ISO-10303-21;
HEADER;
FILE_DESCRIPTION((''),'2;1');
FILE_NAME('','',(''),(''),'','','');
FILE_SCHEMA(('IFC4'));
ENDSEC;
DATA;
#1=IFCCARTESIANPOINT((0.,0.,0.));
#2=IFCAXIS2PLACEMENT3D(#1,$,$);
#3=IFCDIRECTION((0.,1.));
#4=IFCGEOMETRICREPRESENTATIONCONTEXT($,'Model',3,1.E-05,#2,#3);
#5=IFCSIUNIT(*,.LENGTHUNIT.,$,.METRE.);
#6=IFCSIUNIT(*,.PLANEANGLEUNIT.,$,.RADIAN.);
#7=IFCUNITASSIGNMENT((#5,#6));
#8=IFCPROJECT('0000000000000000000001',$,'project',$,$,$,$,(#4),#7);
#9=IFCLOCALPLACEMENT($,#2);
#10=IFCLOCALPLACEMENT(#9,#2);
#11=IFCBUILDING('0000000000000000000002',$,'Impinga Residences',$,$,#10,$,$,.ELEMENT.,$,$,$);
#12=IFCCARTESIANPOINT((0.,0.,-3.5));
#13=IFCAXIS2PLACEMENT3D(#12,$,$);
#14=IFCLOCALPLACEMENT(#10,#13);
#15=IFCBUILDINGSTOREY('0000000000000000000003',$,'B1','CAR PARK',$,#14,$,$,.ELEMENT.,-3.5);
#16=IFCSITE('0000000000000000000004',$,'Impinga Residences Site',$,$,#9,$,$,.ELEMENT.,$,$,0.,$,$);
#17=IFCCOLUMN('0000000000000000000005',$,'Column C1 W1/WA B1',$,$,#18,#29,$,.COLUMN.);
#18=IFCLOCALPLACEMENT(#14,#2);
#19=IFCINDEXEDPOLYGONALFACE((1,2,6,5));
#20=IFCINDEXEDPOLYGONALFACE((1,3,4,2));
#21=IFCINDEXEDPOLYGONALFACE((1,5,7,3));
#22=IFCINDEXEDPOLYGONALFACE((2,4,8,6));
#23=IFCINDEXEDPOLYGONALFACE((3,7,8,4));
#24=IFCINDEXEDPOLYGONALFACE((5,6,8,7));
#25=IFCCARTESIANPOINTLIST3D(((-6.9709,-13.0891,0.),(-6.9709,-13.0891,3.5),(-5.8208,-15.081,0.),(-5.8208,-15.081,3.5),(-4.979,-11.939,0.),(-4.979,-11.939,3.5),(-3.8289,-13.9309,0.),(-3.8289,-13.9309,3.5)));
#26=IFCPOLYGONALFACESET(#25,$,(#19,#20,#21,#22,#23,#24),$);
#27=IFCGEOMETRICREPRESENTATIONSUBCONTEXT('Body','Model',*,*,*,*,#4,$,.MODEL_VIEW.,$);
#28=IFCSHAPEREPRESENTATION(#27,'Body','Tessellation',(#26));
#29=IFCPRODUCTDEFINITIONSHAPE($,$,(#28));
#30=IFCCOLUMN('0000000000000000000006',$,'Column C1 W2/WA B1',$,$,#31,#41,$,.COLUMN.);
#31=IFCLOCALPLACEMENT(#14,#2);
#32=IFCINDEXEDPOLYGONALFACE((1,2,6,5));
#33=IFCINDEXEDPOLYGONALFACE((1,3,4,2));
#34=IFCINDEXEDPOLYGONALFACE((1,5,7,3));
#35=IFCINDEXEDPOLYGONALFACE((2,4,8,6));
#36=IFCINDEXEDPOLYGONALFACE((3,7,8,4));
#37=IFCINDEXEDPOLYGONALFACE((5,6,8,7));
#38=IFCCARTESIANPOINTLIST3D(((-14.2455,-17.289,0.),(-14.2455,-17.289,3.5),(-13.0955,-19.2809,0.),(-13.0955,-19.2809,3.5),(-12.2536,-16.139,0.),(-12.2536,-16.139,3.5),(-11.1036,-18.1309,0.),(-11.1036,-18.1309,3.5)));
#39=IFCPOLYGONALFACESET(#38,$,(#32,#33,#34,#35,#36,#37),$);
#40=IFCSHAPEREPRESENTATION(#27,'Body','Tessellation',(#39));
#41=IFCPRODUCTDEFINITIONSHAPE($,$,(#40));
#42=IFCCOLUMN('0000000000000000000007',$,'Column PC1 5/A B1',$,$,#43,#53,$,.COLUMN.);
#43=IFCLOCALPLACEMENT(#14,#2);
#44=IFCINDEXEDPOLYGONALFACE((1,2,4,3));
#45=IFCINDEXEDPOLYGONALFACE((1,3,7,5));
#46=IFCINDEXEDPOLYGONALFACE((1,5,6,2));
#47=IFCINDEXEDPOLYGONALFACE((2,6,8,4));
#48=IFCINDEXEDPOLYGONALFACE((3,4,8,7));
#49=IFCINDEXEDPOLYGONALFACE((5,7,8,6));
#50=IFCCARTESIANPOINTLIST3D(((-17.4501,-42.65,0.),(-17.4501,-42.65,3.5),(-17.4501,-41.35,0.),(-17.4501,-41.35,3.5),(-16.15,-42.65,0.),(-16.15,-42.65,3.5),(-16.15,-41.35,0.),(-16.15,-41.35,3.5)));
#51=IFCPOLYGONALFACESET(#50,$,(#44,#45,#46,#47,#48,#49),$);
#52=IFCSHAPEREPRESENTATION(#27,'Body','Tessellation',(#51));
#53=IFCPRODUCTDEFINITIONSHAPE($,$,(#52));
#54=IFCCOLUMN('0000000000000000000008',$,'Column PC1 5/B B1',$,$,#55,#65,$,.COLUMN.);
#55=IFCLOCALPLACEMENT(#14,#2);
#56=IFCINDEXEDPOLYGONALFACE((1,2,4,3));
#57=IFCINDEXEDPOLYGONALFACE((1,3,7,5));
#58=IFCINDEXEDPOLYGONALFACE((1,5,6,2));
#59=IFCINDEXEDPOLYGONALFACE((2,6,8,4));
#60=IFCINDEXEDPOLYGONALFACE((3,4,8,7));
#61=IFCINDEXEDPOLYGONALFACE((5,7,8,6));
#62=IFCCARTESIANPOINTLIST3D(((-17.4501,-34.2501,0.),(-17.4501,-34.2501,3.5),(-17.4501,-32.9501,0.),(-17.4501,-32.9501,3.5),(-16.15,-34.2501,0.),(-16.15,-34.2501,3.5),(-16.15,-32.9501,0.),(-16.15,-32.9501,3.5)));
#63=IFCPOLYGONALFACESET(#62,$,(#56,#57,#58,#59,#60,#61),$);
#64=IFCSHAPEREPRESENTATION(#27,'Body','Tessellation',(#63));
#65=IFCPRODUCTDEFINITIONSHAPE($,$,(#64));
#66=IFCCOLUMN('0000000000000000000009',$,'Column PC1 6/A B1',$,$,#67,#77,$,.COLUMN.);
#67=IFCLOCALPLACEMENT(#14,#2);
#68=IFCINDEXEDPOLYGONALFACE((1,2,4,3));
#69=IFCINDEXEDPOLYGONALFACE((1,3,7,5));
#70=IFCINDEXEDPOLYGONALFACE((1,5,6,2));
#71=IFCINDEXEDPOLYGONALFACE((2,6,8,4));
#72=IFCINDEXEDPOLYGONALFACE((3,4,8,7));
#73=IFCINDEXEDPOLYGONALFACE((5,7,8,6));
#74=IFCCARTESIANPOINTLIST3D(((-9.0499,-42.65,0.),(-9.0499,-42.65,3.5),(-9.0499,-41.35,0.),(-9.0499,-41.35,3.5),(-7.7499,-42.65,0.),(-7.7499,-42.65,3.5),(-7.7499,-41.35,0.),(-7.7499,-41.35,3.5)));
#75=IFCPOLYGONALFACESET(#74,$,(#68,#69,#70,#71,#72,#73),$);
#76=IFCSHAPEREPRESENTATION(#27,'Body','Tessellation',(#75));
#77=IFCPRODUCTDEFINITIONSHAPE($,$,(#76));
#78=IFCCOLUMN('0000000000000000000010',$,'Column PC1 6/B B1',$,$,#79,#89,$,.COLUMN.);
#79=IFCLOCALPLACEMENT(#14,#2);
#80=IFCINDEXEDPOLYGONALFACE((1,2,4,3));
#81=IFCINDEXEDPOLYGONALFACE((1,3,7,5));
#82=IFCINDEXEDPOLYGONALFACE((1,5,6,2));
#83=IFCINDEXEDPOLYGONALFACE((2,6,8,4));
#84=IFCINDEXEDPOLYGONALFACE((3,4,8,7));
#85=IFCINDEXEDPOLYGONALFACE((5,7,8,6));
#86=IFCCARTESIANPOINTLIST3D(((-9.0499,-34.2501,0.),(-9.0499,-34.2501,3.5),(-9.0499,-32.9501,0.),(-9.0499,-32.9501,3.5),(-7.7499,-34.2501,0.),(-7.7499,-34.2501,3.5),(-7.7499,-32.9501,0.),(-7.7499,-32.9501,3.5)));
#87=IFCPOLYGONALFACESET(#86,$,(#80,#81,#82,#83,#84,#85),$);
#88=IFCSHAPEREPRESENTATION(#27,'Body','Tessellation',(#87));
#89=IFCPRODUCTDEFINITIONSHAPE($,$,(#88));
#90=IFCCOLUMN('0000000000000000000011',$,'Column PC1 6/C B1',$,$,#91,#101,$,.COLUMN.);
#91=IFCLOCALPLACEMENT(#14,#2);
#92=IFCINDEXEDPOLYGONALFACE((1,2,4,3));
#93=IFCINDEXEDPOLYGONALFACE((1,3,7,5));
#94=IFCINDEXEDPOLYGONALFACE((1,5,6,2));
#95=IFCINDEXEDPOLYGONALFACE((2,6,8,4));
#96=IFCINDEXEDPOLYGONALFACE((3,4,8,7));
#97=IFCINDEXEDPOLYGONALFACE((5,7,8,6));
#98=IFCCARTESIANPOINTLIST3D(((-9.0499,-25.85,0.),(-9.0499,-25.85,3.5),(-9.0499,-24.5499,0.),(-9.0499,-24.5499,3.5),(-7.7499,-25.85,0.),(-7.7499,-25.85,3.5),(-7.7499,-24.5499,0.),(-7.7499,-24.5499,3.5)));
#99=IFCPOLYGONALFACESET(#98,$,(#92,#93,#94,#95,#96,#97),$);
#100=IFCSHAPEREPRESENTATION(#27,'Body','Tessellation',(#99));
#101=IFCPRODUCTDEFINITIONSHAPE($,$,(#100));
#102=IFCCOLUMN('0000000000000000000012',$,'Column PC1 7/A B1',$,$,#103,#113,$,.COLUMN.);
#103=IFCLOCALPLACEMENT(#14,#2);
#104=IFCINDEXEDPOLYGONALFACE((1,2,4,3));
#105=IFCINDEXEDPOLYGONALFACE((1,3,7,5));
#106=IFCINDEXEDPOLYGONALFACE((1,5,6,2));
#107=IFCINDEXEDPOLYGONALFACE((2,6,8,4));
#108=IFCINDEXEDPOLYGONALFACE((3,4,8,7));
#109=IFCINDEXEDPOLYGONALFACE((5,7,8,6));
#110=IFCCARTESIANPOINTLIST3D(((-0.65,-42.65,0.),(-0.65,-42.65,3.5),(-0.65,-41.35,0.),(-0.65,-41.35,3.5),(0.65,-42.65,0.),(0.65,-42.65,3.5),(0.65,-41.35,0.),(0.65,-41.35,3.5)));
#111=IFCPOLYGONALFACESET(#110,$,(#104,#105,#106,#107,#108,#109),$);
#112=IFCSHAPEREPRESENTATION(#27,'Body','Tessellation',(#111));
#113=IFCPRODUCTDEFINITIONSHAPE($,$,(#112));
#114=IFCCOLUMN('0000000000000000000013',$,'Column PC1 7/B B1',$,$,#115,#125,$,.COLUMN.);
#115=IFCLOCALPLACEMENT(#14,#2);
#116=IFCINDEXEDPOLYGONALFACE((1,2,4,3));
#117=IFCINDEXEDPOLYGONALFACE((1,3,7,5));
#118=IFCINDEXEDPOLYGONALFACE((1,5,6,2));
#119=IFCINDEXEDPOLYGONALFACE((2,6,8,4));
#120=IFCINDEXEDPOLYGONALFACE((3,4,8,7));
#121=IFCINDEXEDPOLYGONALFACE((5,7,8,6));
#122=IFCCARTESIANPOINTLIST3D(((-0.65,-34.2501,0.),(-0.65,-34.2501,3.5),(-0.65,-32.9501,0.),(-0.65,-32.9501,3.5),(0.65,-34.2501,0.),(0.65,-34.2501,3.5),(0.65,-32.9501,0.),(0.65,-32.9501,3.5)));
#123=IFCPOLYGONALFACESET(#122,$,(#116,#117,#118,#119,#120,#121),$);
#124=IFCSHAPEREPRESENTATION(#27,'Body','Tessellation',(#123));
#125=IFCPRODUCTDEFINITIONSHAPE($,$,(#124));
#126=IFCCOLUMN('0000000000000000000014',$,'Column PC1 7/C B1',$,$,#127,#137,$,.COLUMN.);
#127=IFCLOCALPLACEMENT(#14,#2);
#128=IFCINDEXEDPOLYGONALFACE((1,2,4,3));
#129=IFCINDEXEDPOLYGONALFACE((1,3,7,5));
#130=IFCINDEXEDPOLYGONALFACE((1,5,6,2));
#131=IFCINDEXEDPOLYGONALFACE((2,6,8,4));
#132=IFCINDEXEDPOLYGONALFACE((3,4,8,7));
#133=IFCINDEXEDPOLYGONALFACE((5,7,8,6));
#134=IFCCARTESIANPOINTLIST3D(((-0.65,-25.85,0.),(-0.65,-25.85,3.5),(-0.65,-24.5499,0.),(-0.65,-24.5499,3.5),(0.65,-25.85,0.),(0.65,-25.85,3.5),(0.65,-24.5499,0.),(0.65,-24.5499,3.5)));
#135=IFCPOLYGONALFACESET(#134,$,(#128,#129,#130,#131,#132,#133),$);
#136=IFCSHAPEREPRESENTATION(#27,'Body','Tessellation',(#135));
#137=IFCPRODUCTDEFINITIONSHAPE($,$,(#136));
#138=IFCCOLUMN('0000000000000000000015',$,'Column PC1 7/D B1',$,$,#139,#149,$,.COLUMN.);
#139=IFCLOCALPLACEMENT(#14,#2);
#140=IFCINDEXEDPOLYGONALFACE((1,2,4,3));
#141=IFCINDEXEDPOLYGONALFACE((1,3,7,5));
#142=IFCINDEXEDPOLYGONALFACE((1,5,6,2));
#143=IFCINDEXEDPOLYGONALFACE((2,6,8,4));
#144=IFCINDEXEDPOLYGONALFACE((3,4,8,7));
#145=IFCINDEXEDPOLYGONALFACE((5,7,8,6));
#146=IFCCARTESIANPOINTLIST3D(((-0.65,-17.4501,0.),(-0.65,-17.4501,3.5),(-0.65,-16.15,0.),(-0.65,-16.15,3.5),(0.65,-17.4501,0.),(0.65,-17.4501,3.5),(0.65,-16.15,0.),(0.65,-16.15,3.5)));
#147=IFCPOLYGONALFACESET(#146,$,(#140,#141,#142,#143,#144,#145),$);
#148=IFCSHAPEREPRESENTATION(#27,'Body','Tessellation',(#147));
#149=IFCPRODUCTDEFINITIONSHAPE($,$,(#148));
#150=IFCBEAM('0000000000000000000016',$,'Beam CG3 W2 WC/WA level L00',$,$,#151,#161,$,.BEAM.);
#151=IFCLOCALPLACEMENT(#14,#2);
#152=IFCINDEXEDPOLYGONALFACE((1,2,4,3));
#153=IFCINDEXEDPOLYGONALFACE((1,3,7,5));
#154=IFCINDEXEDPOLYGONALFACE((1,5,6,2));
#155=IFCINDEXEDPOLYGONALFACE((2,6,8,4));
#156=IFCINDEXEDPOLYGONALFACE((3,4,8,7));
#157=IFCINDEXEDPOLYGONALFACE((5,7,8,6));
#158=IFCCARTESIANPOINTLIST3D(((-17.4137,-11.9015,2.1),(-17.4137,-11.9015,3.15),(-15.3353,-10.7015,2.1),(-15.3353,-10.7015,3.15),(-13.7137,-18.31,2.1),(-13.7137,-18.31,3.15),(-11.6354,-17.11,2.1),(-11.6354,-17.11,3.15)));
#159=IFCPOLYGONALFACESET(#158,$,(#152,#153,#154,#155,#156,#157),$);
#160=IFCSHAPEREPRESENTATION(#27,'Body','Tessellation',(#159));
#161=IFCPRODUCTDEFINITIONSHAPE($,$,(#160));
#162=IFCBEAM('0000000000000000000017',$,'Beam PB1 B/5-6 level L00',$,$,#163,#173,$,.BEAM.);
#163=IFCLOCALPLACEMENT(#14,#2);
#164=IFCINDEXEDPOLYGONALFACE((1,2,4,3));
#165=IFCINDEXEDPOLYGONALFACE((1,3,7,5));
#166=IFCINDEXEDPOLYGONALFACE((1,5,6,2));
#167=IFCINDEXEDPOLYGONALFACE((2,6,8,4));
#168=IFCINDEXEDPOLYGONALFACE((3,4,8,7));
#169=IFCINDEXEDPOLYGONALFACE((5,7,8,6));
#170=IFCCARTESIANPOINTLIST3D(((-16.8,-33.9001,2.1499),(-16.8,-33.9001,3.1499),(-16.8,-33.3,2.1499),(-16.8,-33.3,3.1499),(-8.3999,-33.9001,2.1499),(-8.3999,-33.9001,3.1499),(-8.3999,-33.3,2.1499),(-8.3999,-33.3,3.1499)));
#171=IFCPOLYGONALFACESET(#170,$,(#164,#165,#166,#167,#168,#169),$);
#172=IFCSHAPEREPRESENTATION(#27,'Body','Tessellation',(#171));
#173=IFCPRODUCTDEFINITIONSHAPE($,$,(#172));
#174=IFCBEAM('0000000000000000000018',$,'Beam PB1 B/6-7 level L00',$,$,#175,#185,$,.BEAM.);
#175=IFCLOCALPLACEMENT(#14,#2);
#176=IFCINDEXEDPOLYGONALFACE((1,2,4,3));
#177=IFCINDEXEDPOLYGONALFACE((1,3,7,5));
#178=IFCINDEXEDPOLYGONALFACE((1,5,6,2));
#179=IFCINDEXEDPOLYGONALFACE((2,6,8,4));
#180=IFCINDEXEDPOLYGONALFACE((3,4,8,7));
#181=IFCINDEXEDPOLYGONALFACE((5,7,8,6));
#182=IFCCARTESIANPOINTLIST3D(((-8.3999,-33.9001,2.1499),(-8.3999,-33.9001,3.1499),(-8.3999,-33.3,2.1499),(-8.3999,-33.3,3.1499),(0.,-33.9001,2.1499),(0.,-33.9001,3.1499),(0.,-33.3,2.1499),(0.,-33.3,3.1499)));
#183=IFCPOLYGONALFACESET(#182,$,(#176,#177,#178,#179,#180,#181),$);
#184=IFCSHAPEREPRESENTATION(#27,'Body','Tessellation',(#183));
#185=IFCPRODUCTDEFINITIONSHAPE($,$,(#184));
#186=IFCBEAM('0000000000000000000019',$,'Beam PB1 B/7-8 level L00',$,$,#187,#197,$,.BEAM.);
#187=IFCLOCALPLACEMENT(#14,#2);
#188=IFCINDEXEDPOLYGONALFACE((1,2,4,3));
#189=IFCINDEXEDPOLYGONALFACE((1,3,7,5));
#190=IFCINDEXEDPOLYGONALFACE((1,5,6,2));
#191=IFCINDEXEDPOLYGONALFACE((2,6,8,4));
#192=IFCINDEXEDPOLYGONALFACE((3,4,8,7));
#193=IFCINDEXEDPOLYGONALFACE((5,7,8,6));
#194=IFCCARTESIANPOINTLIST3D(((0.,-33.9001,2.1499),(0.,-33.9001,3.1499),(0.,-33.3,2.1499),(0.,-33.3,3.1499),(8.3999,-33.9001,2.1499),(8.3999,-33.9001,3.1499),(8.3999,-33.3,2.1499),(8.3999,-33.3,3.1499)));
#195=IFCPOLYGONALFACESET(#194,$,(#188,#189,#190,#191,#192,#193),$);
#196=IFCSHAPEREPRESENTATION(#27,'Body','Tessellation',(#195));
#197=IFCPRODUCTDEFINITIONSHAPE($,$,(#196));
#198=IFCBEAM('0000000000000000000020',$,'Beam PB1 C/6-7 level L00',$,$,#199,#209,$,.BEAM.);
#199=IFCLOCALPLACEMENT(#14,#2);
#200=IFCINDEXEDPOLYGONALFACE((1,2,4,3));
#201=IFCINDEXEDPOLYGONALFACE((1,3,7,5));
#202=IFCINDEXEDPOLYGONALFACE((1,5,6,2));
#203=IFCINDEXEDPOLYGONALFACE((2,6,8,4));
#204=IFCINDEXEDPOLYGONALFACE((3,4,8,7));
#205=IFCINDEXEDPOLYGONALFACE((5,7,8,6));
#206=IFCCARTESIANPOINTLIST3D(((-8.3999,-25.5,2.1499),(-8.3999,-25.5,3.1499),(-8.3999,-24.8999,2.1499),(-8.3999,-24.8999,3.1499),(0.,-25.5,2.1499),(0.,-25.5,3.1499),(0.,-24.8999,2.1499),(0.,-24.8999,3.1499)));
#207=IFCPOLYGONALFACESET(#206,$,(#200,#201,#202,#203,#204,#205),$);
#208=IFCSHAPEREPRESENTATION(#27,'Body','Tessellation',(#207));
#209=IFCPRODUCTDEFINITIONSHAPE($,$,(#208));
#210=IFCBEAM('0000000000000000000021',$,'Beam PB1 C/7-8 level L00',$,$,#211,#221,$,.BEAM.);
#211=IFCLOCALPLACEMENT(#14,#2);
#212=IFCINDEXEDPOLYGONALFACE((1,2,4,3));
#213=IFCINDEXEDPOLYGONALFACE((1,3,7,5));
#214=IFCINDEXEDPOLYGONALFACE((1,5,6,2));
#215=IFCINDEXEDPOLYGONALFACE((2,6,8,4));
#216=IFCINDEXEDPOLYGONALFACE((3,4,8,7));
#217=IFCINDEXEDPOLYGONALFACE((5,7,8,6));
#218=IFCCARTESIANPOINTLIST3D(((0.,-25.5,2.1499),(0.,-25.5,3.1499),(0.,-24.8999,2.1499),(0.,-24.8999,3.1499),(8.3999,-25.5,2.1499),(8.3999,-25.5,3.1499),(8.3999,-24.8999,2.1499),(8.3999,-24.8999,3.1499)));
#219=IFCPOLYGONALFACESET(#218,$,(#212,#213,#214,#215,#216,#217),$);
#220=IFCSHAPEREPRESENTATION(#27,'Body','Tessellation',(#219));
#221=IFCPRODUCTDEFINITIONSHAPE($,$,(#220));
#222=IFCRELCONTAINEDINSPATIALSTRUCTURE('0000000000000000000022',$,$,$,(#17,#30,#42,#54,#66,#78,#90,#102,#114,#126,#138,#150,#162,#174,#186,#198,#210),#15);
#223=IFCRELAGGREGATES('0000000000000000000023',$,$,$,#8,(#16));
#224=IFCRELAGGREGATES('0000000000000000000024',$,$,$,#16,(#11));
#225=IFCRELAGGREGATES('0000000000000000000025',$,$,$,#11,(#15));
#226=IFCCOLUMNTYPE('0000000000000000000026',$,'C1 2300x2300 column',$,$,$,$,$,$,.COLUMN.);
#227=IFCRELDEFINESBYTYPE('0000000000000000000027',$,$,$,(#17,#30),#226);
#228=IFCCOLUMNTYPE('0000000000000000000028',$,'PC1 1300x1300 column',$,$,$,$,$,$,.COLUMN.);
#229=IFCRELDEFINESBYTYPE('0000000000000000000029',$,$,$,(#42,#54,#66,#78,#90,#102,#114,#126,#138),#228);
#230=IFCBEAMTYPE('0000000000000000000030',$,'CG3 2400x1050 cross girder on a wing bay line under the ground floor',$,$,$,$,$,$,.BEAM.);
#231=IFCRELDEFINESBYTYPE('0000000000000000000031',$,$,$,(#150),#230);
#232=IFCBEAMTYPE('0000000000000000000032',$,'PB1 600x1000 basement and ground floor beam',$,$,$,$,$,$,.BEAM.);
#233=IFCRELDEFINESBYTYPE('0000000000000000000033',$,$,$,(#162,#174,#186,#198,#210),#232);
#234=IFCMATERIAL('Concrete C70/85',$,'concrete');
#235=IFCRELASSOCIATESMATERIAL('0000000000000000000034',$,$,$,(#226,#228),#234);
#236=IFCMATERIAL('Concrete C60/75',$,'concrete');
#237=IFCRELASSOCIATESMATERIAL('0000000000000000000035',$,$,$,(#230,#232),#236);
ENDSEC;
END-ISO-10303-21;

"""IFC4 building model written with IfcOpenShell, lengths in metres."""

from ifc_helpers import new_model, si_unit, direction, frame, origin, origin_2d, place, context, subcontext, project, spatial, rectangle, extrude, material, material_profile, profile_set, type_object, element, save


model = new_model("IFC4")

# Units and contexts
model_context = context("Model", 3, precision=1e-05, world=origin(), true_north=direction((0.0, 1.0)))
body_context = subcontext(model_context, "Body", "Model", "MODEL_VIEW")
ifc_project = project(units=[si_unit("LENGTHUNIT", "METRE"), si_unit("PLANEANGLEUNIT", "RADIAN")], contexts=[model_context])

# Site, building, storey
site_placement = place(None, origin())
site = spatial("IfcSite", under=ifc_project, at=site_placement, Name="Impinga Residences Site", CompositionType="ELEMENT", RefElevation=0.0)
building_placement = place(site_placement, origin())
building = spatial("IfcBuilding", under=site, at=building_placement, Name="Impinga Residences", CompositionType="ELEMENT")
storey_placement = place(building_placement, frame((0.0, 0.0, -3.5)))
storey = spatial("IfcBuildingStorey", under=building, at=storey_placement, Name="B1", Description="CAR PARK", CompositionType="ELEMENT", Elevation=-3.5)

# Columns
ifc_material_1 = material(Name="Concrete C70/85", Category="concrete")
ifc_material_profile_1 = material_profile(ifc_material_1, rectangle(XDim=2.3, YDim=2.3, at=origin_2d()), Name="RC 2300x2300")
ifc_profile_set_1 = profile_set([ifc_material_profile_1], Name="Concrete C70/85")
column_type_1 = type_object("IfcColumnType", Name="C1 2300x2300 column", PredefinedType="COLUMN", material=ifc_profile_set_1)
for number, where, z_axis, x_axis, name in (
    (1, (-5.3999, -13.51, 0.0), (0.0, 0.0, 1.0), (-0.5, 0.866025, 0.0), "Column C1 W1/WA B1"),
    (2, (-12.6746, -17.71, 0.0), (0.0, 0.0, 1.0), (-0.5, 0.866025, 0.0), "Column C1 W2/WA B1"),
):
    element("IfcColumn", number, at=place(storey_placement, frame(where, z_axis=z_axis, x_axis=x_axis)), inside=storey, type_object=column_type_1, Name=name, PredefinedType="COLUMN", context=body_context, shape_type="SweptSolid", body=[
        extrude(rectangle(XDim=2.3, YDim=2.3, at=origin_2d()), origin(), (0.0, 0.0, 1.0), 3.5),
    ])
ifc_material_profile_2 = material_profile(ifc_material_1, rectangle(XDim=1.3, YDim=1.3, at=origin_2d()), Name="RC 1300x1300")
ifc_profile_set_2 = profile_set([ifc_material_profile_2], Name="Concrete C70/85")
column_type_2 = type_object("IfcColumnType", Name="PC1 1300x1300 column", PredefinedType="COLUMN", material=ifc_profile_set_2)
for number, where, z_axis, x_axis, name in (
    (3, (-16.8, -42.0, 0.0), (0.0, 0.0, 1.0), (1.0, 0.0, 0.0), "Column PC1 5/A B1"),
    (4, (-16.8, -33.6001, 0.0), (0.0, 0.0, 1.0), (1.0, 0.0, 0.0), "Column PC1 5/B B1"),
    (5, (-8.3999, -42.0, 0.0), (0.0, 0.0, 1.0), (1.0, 0.0, 0.0), "Column PC1 6/A B1"),
    (6, (-8.3999, -33.6001, 0.0), (0.0, 0.0, 1.0), (1.0, 0.0, 0.0), "Column PC1 6/B B1"),
    (7, (-8.3999, -25.2, 0.0), (0.0, 0.0, 1.0), (1.0, 0.0, 0.0), "Column PC1 6/C B1"),
    (8, (0.0, -42.0, 0.0), (0.0, 0.0, 1.0), (1.0, 0.0, 0.0), "Column PC1 7/A B1"),
    (9, (0.0, -33.6001, 0.0), (0.0, 0.0, 1.0), (1.0, 0.0, 0.0), "Column PC1 7/B B1"),
    (10, (0.0, -25.2, 0.0), (0.0, 0.0, 1.0), (1.0, 0.0, 0.0), "Column PC1 7/C B1"),
    (11, (0.0, -16.8, 0.0), (0.0, 0.0, 1.0), (1.0, 0.0, 0.0), "Column PC1 7/D B1"),
):
    element("IfcColumn", number, at=place(storey_placement, frame(where, z_axis=z_axis, x_axis=x_axis)), inside=storey, type_object=column_type_2, Name=name, PredefinedType="COLUMN", context=body_context, shape_type="SweptSolid", body=[
        extrude(rectangle(XDim=1.3, YDim=1.3, at=origin_2d()), origin(), (0.0, 0.0, 1.0), 3.5),
    ])

# Beams
ifc_material_2 = material(Name="Concrete C60/75", Category="concrete")
ifc_material_profile_3 = material_profile(ifc_material_2, rectangle(XDim=2.3999, YDim=1.05, at=origin_2d()), Name="RC 2400x1050")
ifc_profile_set_3 = profile_set([ifc_material_profile_3], Name="Concrete C60/75")
beam_type_1 = type_object("IfcBeamType", Name="CG3 2400x1050 cross girder on a wing bay line under the ground floor", PredefinedType="BEAM", material=ifc_profile_set_3)
beam_1_placement = place(storey_placement, frame((-16.3745, -11.3015, 2.625), z_axis=(0.500003, -0.866024, 0.0), x_axis=(0.866024, 0.500003, 0.0)))
element("IfcBeam", 12, at=beam_1_placement, inside=storey, type_object=beam_type_1, Name="Beam CG3 W2 WC/WA level L00", PredefinedType="BEAM", context=body_context, shape_type="SweptSolid", body=[
    extrude(rectangle(XDim=2.3999, YDim=1.05, at=origin_2d()), origin(), (0.0, 0.0, 1.0), 7.3999),
])
ifc_material_profile_4 = material_profile(ifc_material_2, rectangle(XDim=0.6001, YDim=1.0, at=origin_2d()), Name="RC 600x1000")
ifc_profile_set_4 = profile_set([ifc_material_profile_4], Name="Concrete C60/75")
beam_type_2 = type_object("IfcBeamType", Name="PB1 600x1000 basement and ground floor beam", PredefinedType="BEAM", material=ifc_profile_set_4)
beam_2_placement = place(storey_placement, frame((-16.8, -33.6001, 2.6499), z_axis=(1.0, 0.0, 0.0), x_axis=(0.0, 1.0, 0.0)))
element("IfcBeam", 13, at=beam_2_placement, inside=storey, type_object=beam_type_2, Name="Beam PB1 B/5-6 level L00", PredefinedType="BEAM", context=body_context, shape_type="SweptSolid", body=[
    extrude(rectangle(XDim=0.6001, YDim=1.0, at=origin_2d()), origin(), (0.0, 0.0, 1.0), 8.4001),
])
for number, where, z_axis, x_axis, name in (
    (14, (-8.3999, -33.6001, 2.6499), (1.0, 0.0, 0.0), (0.0, 1.0, 0.0), "Beam PB1 B/6-7 level L00"),
    (15, (0.0, -33.6001, 2.6499), (1.0, 0.0, 0.0), (0.0, 1.0, 0.0), "Beam PB1 B/7-8 level L00"),
    (16, (-8.3999, -25.2, 2.6499), (1.0, 0.0, 0.0), (0.0, 1.0, 0.0), "Beam PB1 C/6-7 level L00"),
    (17, (0.0, -25.2, 2.6499), (1.0, 0.0, 0.0), (0.0, 1.0, 0.0), "Beam PB1 C/7-8 level L00"),
):
    element("IfcBeam", number, at=place(storey_placement, frame(where, z_axis=z_axis, x_axis=x_axis)), inside=storey, type_object=beam_type_2, Name=name, PredefinedType="BEAM", context=body_context, shape_type="SweptSolid", body=[
        extrude(rectangle(XDim=0.6001, YDim=1.0, at=origin_2d()), origin(), (0.0, 0.0, 1.0), 8.3999),
    ])

save(model, "model.ifc")
